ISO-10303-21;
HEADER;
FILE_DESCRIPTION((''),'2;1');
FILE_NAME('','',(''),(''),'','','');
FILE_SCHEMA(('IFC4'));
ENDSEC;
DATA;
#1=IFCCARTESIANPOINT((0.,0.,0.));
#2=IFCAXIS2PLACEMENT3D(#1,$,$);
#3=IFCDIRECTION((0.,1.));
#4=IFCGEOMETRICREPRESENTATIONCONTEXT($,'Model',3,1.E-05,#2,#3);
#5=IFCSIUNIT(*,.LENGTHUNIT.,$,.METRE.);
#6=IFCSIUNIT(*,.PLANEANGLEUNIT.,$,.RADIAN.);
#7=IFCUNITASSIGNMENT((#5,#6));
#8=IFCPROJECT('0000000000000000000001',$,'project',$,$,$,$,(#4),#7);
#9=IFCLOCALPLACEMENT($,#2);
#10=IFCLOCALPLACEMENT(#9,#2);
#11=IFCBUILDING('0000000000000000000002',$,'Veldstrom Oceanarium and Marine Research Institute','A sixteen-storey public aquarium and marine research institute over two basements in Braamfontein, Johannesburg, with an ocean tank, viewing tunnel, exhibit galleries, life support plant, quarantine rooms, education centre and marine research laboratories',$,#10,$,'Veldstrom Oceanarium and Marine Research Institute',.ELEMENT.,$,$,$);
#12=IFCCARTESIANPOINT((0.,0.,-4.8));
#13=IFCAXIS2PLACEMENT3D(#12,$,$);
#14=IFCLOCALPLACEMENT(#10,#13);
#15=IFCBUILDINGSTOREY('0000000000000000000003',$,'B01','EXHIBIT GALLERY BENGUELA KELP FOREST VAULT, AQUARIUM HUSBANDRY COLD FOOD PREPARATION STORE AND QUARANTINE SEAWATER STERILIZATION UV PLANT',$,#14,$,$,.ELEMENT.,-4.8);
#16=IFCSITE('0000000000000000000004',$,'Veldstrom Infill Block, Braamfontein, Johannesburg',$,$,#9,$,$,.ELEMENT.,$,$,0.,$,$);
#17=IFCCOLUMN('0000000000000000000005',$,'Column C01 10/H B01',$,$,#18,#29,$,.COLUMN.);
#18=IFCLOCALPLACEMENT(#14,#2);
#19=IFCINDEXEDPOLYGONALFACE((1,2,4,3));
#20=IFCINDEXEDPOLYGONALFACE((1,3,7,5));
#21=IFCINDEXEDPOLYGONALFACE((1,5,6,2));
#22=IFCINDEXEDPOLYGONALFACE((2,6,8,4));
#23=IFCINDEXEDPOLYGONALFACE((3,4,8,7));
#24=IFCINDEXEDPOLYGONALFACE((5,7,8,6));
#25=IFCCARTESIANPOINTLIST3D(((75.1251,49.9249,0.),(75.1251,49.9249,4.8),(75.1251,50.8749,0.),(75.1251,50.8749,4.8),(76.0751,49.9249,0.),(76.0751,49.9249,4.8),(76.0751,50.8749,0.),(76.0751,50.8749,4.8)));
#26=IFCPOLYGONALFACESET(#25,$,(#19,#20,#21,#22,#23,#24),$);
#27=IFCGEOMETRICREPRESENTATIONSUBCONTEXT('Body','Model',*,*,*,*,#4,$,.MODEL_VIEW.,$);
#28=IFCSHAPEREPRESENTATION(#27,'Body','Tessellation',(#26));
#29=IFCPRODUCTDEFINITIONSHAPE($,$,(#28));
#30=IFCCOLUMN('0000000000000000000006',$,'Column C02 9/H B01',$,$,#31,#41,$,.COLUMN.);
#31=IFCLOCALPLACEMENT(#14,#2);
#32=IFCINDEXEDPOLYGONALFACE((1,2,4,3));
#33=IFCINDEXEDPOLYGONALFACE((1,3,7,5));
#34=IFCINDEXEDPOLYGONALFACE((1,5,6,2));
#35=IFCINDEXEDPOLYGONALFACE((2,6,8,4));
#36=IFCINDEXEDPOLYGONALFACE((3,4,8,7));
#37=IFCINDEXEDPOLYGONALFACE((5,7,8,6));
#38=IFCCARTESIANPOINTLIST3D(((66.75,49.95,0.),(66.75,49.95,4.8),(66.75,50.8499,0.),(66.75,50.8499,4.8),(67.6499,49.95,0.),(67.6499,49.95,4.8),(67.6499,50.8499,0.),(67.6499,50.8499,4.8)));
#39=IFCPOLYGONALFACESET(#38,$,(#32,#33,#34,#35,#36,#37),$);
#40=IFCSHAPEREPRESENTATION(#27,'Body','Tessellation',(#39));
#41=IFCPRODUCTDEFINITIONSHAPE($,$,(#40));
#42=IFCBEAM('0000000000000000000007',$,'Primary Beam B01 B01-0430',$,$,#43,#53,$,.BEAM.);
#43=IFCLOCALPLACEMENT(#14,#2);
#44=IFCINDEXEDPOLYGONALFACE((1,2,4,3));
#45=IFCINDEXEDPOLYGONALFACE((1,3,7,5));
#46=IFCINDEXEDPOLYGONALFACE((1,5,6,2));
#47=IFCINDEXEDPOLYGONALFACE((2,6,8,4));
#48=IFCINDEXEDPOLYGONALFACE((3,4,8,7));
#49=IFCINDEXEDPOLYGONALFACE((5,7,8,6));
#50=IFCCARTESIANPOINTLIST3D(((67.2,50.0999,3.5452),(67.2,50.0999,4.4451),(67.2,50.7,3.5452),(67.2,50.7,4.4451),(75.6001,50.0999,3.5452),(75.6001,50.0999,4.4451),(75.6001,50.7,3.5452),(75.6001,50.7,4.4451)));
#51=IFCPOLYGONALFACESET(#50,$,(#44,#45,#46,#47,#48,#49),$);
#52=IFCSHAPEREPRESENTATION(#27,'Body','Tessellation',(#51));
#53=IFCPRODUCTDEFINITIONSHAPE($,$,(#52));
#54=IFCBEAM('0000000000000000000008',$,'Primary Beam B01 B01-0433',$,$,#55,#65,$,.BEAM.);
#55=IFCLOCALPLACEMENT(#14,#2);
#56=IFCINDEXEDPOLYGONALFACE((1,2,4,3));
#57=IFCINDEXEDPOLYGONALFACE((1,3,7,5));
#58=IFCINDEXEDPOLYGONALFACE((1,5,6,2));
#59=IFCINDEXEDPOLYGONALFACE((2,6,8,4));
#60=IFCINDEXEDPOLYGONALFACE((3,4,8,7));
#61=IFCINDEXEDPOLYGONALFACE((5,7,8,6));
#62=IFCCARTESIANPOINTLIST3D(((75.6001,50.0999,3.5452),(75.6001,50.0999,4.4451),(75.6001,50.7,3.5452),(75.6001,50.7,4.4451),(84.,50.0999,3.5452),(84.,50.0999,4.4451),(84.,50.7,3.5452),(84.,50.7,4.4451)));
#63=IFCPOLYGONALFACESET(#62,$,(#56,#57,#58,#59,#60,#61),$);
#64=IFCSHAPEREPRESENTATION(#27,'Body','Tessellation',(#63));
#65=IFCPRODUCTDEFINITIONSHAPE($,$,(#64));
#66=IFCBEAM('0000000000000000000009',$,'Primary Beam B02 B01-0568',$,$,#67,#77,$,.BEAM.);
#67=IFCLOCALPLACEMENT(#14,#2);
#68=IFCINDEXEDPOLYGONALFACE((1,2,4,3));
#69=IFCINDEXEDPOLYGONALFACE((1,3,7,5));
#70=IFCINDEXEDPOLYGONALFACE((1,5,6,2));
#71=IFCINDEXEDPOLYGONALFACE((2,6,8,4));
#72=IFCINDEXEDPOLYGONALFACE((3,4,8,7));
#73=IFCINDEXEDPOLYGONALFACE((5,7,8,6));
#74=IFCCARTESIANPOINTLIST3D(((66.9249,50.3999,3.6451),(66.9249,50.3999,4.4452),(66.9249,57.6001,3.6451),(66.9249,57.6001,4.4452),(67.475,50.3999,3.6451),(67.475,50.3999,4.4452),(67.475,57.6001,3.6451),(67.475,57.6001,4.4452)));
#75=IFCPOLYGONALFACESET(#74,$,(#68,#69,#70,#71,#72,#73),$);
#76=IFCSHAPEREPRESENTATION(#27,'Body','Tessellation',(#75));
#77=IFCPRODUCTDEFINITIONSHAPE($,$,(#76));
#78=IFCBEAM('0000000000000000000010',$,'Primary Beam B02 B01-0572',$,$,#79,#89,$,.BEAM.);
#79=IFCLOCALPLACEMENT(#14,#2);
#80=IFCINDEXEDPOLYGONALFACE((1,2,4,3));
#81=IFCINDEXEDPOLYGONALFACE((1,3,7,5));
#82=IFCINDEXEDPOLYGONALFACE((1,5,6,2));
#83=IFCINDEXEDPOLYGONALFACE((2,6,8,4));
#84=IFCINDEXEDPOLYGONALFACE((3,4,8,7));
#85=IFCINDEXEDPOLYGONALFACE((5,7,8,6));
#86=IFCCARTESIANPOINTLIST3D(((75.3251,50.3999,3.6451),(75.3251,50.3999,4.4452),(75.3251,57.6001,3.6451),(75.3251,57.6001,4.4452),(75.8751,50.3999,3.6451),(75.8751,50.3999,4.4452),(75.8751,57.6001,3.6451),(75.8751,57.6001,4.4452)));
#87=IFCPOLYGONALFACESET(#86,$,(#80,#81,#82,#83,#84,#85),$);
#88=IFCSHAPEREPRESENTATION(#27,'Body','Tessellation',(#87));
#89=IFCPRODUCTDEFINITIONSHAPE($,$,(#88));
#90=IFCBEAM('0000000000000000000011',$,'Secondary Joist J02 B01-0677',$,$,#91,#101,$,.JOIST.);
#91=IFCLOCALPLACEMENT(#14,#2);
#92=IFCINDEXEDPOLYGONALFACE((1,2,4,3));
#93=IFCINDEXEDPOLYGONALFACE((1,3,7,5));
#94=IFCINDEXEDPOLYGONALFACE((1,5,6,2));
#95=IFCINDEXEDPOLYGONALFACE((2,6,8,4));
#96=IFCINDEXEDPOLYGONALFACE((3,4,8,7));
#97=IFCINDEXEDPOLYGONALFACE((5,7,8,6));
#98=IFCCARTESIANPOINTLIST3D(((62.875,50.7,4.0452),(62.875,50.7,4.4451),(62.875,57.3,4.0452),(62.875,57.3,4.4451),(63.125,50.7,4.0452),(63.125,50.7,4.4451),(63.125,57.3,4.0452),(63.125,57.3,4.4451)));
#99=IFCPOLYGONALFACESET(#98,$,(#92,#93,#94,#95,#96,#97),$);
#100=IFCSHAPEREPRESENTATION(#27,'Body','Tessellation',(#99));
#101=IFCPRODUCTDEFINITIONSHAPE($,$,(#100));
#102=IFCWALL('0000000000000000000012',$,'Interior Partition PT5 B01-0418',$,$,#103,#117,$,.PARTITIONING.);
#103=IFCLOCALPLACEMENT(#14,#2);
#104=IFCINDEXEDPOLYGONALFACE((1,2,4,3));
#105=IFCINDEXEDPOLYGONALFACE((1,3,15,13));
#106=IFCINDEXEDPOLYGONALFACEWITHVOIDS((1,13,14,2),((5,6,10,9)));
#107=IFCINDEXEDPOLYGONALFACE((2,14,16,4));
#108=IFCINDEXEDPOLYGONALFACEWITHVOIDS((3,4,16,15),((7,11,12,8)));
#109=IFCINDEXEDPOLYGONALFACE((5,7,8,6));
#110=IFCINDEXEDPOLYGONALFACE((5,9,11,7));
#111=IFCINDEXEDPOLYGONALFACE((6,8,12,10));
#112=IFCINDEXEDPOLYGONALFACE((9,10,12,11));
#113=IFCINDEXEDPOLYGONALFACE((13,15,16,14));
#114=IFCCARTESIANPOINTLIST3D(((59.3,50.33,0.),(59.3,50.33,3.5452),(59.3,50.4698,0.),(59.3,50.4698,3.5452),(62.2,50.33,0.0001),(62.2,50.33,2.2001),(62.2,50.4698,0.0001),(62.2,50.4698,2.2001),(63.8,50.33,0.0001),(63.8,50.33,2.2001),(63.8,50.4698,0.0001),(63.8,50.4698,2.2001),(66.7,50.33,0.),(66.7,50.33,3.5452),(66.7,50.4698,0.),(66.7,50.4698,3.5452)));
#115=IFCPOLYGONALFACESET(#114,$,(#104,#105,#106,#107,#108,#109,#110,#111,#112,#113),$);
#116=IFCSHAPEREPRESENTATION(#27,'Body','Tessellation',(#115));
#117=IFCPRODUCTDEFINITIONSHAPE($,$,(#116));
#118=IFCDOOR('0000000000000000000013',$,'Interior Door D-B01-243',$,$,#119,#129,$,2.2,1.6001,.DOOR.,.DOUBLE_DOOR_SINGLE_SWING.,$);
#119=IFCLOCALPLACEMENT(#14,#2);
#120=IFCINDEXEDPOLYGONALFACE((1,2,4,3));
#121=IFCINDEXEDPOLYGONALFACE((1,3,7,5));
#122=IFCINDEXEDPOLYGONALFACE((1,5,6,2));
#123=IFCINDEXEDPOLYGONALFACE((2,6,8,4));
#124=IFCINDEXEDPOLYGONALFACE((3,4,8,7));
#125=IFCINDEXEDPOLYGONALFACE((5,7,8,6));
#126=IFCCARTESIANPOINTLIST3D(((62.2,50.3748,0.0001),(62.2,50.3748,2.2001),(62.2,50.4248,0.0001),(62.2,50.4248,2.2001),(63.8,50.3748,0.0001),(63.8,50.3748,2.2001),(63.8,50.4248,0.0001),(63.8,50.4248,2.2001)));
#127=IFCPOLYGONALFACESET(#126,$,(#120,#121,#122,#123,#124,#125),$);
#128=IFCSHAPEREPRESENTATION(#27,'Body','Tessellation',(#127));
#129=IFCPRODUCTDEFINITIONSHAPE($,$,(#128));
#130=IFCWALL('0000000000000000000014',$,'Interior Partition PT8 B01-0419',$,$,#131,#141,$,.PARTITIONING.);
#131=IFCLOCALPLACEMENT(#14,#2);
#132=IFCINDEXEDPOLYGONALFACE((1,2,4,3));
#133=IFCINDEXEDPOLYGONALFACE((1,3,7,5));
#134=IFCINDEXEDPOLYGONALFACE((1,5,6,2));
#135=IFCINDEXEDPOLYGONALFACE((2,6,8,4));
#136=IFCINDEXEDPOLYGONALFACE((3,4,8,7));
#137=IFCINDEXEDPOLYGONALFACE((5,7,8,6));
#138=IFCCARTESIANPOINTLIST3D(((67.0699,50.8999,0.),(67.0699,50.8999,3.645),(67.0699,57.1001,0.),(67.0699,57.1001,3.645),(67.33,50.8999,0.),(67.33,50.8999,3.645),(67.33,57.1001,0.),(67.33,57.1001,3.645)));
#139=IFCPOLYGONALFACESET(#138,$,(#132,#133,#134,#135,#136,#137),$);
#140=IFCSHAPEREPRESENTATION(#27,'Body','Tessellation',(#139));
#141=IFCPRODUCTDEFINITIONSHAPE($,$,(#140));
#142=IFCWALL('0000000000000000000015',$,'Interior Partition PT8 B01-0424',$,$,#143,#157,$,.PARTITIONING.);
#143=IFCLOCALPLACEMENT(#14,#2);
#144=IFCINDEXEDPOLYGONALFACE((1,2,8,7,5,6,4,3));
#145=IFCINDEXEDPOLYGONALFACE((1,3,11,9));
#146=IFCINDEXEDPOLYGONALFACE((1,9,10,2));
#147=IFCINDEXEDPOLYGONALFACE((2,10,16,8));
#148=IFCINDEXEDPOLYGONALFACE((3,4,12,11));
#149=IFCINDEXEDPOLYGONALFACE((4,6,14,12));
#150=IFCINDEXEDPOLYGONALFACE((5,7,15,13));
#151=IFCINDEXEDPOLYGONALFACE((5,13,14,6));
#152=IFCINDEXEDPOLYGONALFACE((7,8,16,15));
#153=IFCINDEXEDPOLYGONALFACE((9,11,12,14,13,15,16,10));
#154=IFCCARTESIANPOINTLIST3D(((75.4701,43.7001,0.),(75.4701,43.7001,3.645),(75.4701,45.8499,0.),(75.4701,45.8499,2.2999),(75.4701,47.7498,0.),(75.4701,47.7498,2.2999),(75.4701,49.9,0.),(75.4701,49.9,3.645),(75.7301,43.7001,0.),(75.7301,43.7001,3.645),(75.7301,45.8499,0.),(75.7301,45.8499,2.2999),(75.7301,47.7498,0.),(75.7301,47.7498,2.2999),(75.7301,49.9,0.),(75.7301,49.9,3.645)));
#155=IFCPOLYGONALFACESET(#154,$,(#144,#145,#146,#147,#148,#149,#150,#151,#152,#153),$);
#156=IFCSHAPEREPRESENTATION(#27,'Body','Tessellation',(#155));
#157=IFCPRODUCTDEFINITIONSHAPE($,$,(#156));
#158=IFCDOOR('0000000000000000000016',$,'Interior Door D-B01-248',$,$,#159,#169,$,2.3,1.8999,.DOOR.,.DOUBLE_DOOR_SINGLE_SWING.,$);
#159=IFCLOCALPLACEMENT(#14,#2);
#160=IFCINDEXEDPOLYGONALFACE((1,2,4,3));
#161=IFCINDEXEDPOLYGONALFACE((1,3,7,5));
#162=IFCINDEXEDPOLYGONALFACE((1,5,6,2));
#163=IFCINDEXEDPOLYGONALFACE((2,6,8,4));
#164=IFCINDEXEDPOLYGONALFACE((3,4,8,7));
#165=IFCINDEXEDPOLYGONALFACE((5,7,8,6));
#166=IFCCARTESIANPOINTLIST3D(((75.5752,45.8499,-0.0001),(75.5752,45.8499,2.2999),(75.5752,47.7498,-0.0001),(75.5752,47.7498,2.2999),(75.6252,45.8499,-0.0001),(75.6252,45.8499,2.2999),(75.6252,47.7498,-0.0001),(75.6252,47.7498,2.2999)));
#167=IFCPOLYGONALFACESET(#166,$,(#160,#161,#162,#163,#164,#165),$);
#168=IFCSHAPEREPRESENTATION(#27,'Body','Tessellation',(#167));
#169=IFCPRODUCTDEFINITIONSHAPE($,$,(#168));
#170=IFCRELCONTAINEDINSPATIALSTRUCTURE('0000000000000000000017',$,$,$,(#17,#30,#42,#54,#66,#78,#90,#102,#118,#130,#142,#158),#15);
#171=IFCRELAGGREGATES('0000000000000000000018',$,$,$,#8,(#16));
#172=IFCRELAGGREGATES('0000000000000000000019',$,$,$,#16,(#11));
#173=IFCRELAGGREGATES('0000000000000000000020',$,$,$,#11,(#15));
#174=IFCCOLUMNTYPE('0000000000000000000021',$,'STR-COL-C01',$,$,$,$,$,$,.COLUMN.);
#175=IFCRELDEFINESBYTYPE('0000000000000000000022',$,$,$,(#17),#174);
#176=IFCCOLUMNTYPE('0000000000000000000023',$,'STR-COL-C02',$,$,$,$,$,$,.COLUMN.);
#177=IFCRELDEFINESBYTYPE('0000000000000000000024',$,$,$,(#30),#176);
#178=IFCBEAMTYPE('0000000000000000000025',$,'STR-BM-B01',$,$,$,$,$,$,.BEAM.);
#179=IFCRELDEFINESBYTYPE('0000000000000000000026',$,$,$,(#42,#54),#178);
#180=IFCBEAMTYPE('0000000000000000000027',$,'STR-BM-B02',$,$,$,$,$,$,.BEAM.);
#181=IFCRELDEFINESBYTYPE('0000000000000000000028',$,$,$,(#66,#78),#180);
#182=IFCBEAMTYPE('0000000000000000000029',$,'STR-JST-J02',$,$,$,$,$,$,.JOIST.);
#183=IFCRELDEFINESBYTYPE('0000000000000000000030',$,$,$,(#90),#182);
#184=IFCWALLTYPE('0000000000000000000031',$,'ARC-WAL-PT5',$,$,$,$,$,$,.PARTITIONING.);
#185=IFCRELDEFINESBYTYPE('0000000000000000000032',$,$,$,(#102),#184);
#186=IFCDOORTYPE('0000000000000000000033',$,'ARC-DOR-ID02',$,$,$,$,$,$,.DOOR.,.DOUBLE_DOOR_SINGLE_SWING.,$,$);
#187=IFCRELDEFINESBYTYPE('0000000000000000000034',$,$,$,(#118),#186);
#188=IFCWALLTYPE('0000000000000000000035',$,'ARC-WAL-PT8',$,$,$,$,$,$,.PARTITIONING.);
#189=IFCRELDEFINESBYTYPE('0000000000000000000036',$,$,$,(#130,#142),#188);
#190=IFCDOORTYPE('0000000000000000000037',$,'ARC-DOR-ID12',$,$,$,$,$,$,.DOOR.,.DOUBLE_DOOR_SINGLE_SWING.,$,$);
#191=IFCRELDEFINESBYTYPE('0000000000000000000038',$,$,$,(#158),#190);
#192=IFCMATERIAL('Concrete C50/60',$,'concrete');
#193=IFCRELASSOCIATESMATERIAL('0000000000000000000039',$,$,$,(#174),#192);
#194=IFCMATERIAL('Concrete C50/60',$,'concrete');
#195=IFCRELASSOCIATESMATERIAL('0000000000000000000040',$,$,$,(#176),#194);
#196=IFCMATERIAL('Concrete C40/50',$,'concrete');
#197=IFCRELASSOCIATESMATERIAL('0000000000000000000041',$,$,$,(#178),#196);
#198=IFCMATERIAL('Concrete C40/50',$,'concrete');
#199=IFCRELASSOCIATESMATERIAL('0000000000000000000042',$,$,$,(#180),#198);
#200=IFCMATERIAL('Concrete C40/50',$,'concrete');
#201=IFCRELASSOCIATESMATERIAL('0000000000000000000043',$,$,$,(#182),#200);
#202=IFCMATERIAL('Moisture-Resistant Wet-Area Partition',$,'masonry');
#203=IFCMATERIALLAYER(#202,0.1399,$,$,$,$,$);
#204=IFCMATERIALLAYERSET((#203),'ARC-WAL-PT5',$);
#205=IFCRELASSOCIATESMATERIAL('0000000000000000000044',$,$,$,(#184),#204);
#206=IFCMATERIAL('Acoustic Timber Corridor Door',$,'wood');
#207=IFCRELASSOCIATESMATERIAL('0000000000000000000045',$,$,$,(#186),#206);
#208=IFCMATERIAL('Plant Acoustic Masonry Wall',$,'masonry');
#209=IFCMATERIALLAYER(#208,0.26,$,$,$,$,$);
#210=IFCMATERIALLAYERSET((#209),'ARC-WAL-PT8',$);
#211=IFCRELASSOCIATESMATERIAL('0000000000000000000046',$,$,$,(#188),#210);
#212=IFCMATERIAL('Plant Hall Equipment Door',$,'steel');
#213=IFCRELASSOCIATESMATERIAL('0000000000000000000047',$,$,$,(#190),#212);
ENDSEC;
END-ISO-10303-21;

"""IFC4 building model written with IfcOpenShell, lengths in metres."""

from ifc_helpers import new_model, si_unit, direction, frame, frame_2d, origin, origin_2d, place, context, subcontext, project, spatial, rectangle, extrude, material, layer, layer_set, material_profile, profile_set, type_object, element, fill, save


model = new_model("IFC4")

# Units and contexts
model_context = context("Model", 3, precision=1e-05, world=origin(), true_north=direction((0.0, 1.0)))
body_context = subcontext(model_context, "Body", "Model", "MODEL_VIEW")
ifc_project = project(units=[si_unit("LENGTHUNIT", "METRE"), si_unit("PLANEANGLEUNIT", "RADIAN")], contexts=[model_context])

# Site, building, storey
site_placement = place(None, origin())
site = spatial("IfcSite", under=ifc_project, at=site_placement, Name="Veldstrom Infill Block, Braamfontein, Johannesburg", CompositionType="ELEMENT", RefElevation=0.0)
building_placement = place(site_placement, origin())
building = spatial("IfcBuilding", under=site, at=building_placement, Name="Veldstrom Oceanarium and Marine Research Institute", Description="A sixteen-storey public aquarium and marine research institute over two basements in Braamfontein, Johannesburg, with an ocean tank, viewing tunnel, exhibit galleries, life support plant, quarantine rooms, education centre and marine research laboratories", LongName="Veldstrom Oceanarium and Marine Research Institute", CompositionType="ELEMENT")
storey_placement = place(building_placement, frame((0.0, 0.0, -4.8)))
storey = spatial("IfcBuildingStorey", under=building, at=storey_placement, Name="B01", Description="EXHIBIT GALLERY BENGUELA KELP FOREST VAULT, AQUARIUM HUSBANDRY COLD FOOD PREPARATION STORE AND QUARANTINE SEAWATER STERILIZATION UV PLANT", CompositionType="ELEMENT", Elevation=-4.8)

# Columns
ifc_material_1 = material(Name="Concrete C50/60", Category="concrete")
ifc_material_profile_1 = material_profile(ifc_material_1, rectangle(XDim=0.95, YDim=0.95, at=origin_2d()), Name="RC-COL-950x950")
ifc_profile_set_1 = profile_set([ifc_material_profile_1], Name="Concrete C50/60")
column_type_1 = type_object("IfcColumnType", Name="STR-COL-C01", PredefinedType="COLUMN", material=ifc_profile_set_1)
column_1_placement = place(storey_placement, frame((75.6001, 50.3999, 0.0), z_axis=(0.0, 0.0, 1.0), x_axis=(1.0, 0.0, 0.0)))
element("IfcColumn", 1, at=column_1_placement, inside=storey, type_object=column_type_1, Name="Column C01 10/H B01", PredefinedType="COLUMN", context=body_context, shape_type="SweptSolid", body=[
    extrude(rectangle(XDim=0.95, YDim=0.95, at=origin_2d()), origin(), (0.0, 0.0, 1.0), 4.8),
])
ifc_material_2 = material(Name="Concrete C50/60", Category="concrete")
ifc_material_profile_2 = material_profile(ifc_material_2, rectangle(XDim=0.8999, YDim=0.8999, at=origin_2d()), Name="RC-COL-900x900")
ifc_profile_set_2 = profile_set([ifc_material_profile_2], Name="Concrete C50/60")
column_type_2 = type_object("IfcColumnType", Name="STR-COL-C02", PredefinedType="COLUMN", material=ifc_profile_set_2)
column_2_placement = place(storey_placement, frame((67.2, 50.3999, 0.0), z_axis=(0.0, 0.0, 1.0), x_axis=(1.0, 0.0, 0.0)))
element("IfcColumn", 2, at=column_2_placement, inside=storey, type_object=column_type_2, Name="Column C02 9/H B01", PredefinedType="COLUMN", context=body_context, shape_type="SweptSolid", body=[
    extrude(rectangle(XDim=0.8999, YDim=0.8999, at=origin_2d()), origin(), (0.0, 0.0, 1.0), 4.8),
])

# Beams
ifc_material_3 = material(Name="Concrete C40/50", Category="concrete")
ifc_material_profile_3 = material_profile(ifc_material_3, rectangle(XDim=0.6001, YDim=0.8999, at=origin_2d()), Name="RC-BM-600x900")
ifc_profile_set_3 = profile_set([ifc_material_profile_3], Name="Concrete C40/50")
beam_type_1 = type_object("IfcBeamType", Name="STR-BM-B01", PredefinedType="BEAM", material=ifc_profile_set_3)
beam_1_placement = place(storey_placement, frame((67.2, 50.3999, 3.9951), z_axis=(1.0, 0.0, 0.0), x_axis=(0.0, 1.0, 0.0)))
element("IfcBeam", 3, at=beam_1_placement, inside=storey, type_object=beam_type_1, Name="Primary Beam B01 B01-0430", PredefinedType="BEAM", context=body_context, shape_type="SweptSolid", body=[
    extrude(rectangle(XDim=0.6001, YDim=0.8999, at=origin_2d()), origin(), (0.0, 0.0, 1.0), 8.4001),
])
beam_2_placement = place(storey_placement, frame((75.6001, 50.3999, 3.9951), z_axis=(1.0, 0.0, 0.0), x_axis=(0.0, 1.0, 0.0)))
element("IfcBeam", 4, at=beam_2_placement, inside=storey, type_object=beam_type_1, Name="Primary Beam B01 B01-0433", PredefinedType="BEAM", context=body_context, shape_type="SweptSolid", body=[
    extrude(rectangle(XDim=0.6001, YDim=0.8999, at=origin_2d()), origin(), (0.0, 0.0, 1.0), 8.3999),
])
ifc_material_4 = material(Name="Concrete C40/50", Category="concrete")
ifc_material_profile_4 = material_profile(ifc_material_4, rectangle(XDim=0.55, YDim=0.8, at=origin_2d()), Name="RC-BM-550x800")
ifc_profile_set_4 = profile_set([ifc_material_profile_4], Name="Concrete C40/50")
beam_type_2 = type_object("IfcBeamType", Name="STR-BM-B02", PredefinedType="BEAM", material=ifc_profile_set_4)
for number, where, z_axis, x_axis, name in (
    (5, (67.2, 50.3999, 4.0452), (0.0, 1.0, 0.0), (-1.0, 0.0, 0.0), "Primary Beam B02 B01-0568"),
    (6, (75.6001, 50.3999, 4.0452), (0.0, 1.0, 0.0), (-1.0, 0.0, 0.0), "Primary Beam B02 B01-0572"),
):
    element("IfcBeam", number, at=place(storey_placement, frame(where, z_axis=z_axis, x_axis=x_axis)), inside=storey, type_object=beam_type_2, Name=name, PredefinedType="BEAM", context=body_context, shape_type="SweptSolid", body=[
        extrude(rectangle(XDim=0.55, YDim=0.8, at=origin_2d()), origin(), (0.0, 0.0, 1.0), 7.2002),
    ])
ifc_material_5 = material(Name="Concrete C40/50", Category="concrete")
ifc_material_profile_5 = material_profile(ifc_material_5, rectangle(XDim=0.25, YDim=0.3999, at=origin_2d()), Name="RC-JST-250x400")
ifc_profile_set_5 = profile_set([ifc_material_profile_5], Name="Concrete C40/50")
beam_type_3 = type_object("IfcBeamType", Name="STR-JST-J02", PredefinedType="JOIST", material=ifc_profile_set_5)
beam_3_placement = place(storey_placement, frame((63.0, 50.7, 4.2451), z_axis=(0.0, 1.0, 0.0), x_axis=(-1.0, 0.0, 0.0)))
element("IfcBeam", 7, at=beam_3_placement, inside=storey, type_object=beam_type_3, Name="Secondary Joist J02 B01-0677", PredefinedType="JOIST", context=body_context, shape_type="SweptSolid", body=[
    extrude(rectangle(XDim=0.25, YDim=0.3999, at=origin_2d()), origin(), (0.0, 0.0, 1.0), 6.6001),
])

# Wall, opening, door
ifc_material_6 = material(Name="Moisture-Resistant Wet-Area Partition", Category="masonry")
ifc_layer_1 = layer(ifc_material_6, 0.1399)
ifc_layer_set_1 = layer_set([ifc_layer_1], Name="ARC-WAL-PT5")
wall_type_1 = type_object("IfcWallType", Name="ARC-WAL-PT5", PredefinedType="PARTITIONING", material=ifc_layer_set_1)
wall_1_placement = place(storey_placement, frame((59.3, 50.3999, 0.0), z_axis=(0.0, 0.0, 1.0), x_axis=(1.0, 0.0, 0.0)))
wall_1 = element("IfcWall", 8, at=wall_1_placement, inside=storey, type_object=wall_type_1, Name="Interior Partition PT5 B01-0418", PredefinedType="PARTITIONING", context=body_context, shape_type="SweptSolid", body=[
    extrude(rectangle(XDim=7.3999, YDim=0.1399, at=frame_2d((3.7, 0.0))), origin(), (0.0, 0.0, 1.0), 3.5452),
])
opening_1_placement = place(wall_1_placement, frame((2.8999, 0.0, 0.0)))
opening_1 = element("IfcOpeningElement", 9, at=opening_1_placement, cuts=wall_1, PredefinedType="OPENING", context=body_context, shape_type="SweptSolid", body=[
    extrude(rectangle(XDim=1.6001, YDim=2.2, at=frame_2d((0.8, 1.1001))), frame((0.0, 0.0798, 0.0), z_axis=(0.0, -1.0, 0.0), x_axis=(1.0, 0.0, 0.0)), (0.0, 0.0, 1.0), 0.1599),
])
ifc_material_7 = material(Name="Acoustic Timber Corridor Door", Category="wood")
door_type_1 = type_object("IfcDoorType", Name="ARC-DOR-ID02", OperationType="DOUBLE_DOOR_SINGLE_SWING", PredefinedType="DOOR", material=ifc_material_7)
door_1_placement = place(opening_1_placement, origin())
door_1 = element("IfcDoor", 10, at=door_1_placement, inside=storey, type_object=door_type_1, Name="Interior Door D-B01-243", OperationType="DOUBLE_DOOR_SINGLE_SWING", OverallHeight=2.2, OverallWidth=1.6001, PredefinedType="DOOR", context=body_context, shape_type="SweptSolid", body=[
    extrude(rectangle(XDim=1.6001, YDim=2.2, at=frame_2d((0.8, 1.1001))), frame((0.0, 0.0249, 0.0), z_axis=(0.0, -1.0, 0.0), x_axis=(1.0, 0.0, 0.0)), (0.0, 0.0, 1.0), 0.05),
])
fill(opening_1, door_1)

# Wall
ifc_material_8 = material(Name="Plant Acoustic Masonry Wall", Category="masonry")
ifc_layer_2 = layer(ifc_material_8, 0.26)
ifc_layer_set_2 = layer_set([ifc_layer_2], Name="ARC-WAL-PT8")
wall_type_2 = type_object("IfcWallType", Name="ARC-WAL-PT8", PredefinedType="PARTITIONING", material=ifc_layer_set_2)
wall_2_placement = place(storey_placement, frame((67.2, 50.8999, 0.0), z_axis=(0.0, 0.0, 1.0), x_axis=(0.0, 1.0, 0.0)))
element("IfcWall", 11, at=wall_2_placement, inside=storey, type_object=wall_type_2, Name="Interior Partition PT8 B01-0419", PredefinedType="PARTITIONING", context=body_context, shape_type="SweptSolid", body=[
    extrude(rectangle(XDim=6.2002, YDim=0.26, at=frame_2d((3.1001, 0.0))), origin(), (0.0, 0.0, 1.0), 3.645),
])

# Wall, opening, door
wall_3_placement = place(storey_placement, frame((75.6001, 43.7, 0.0), z_axis=(0.0, 0.0, 1.0), x_axis=(0.0, 1.0, 0.0)))
wall_3 = element("IfcWall", 12, at=wall_3_placement, inside=storey, type_object=wall_type_2, Name="Interior Partition PT8 B01-0424", PredefinedType="PARTITIONING", context=body_context, shape_type="SweptSolid", body=[
    extrude(rectangle(XDim=6.2, YDim=0.26, at=frame_2d((3.1001, 0.0))), origin(), (0.0, 0.0, 1.0), 3.645),
])
opening_2_placement = place(wall_3_placement, frame((2.1499, 0.0, 0.0)))
opening_2 = element("IfcOpeningElement", 13, at=opening_2_placement, cuts=wall_3, PredefinedType="OPENING", context=body_context, shape_type="SweptSolid", body=[
    extrude(rectangle(XDim=1.8999, YDim=2.3, at=frame_2d((0.95, 1.1499))), frame((0.0, 0.1399, 0.0), z_axis=(0.0, -1.0, 0.0), x_axis=(1.0, 0.0, 0.0)), (0.0, 0.0, 1.0), 0.28),
])
ifc_material_9 = material(Name="Plant Hall Equipment Door", Category="steel")
door_type_2 = type_object("IfcDoorType", Name="ARC-DOR-ID12", OperationType="DOUBLE_DOOR_SINGLE_SWING", PredefinedType="DOOR", material=ifc_material_9)
door_2_placement = place(opening_2_placement, origin())
door_2 = element("IfcDoor", 14, at=door_2_placement, inside=storey, type_object=door_type_2, Name="Interior Door D-B01-248", OperationType="DOUBLE_DOOR_SINGLE_SWING", OverallHeight=2.3, OverallWidth=1.8999, PredefinedType="DOOR", context=body_context, shape_type="SweptSolid", body=[
    extrude(rectangle(XDim=1.8999, YDim=2.3, at=frame_2d((0.95, 1.1499))), frame((0.0, 0.0249, 0.0), z_axis=(0.0, -1.0, 0.0), x_axis=(1.0, 0.0, 0.0)), (0.0, 0.0, 1.0), 0.05),
])
fill(opening_2, door_2)

save(model, "model.ifc")
